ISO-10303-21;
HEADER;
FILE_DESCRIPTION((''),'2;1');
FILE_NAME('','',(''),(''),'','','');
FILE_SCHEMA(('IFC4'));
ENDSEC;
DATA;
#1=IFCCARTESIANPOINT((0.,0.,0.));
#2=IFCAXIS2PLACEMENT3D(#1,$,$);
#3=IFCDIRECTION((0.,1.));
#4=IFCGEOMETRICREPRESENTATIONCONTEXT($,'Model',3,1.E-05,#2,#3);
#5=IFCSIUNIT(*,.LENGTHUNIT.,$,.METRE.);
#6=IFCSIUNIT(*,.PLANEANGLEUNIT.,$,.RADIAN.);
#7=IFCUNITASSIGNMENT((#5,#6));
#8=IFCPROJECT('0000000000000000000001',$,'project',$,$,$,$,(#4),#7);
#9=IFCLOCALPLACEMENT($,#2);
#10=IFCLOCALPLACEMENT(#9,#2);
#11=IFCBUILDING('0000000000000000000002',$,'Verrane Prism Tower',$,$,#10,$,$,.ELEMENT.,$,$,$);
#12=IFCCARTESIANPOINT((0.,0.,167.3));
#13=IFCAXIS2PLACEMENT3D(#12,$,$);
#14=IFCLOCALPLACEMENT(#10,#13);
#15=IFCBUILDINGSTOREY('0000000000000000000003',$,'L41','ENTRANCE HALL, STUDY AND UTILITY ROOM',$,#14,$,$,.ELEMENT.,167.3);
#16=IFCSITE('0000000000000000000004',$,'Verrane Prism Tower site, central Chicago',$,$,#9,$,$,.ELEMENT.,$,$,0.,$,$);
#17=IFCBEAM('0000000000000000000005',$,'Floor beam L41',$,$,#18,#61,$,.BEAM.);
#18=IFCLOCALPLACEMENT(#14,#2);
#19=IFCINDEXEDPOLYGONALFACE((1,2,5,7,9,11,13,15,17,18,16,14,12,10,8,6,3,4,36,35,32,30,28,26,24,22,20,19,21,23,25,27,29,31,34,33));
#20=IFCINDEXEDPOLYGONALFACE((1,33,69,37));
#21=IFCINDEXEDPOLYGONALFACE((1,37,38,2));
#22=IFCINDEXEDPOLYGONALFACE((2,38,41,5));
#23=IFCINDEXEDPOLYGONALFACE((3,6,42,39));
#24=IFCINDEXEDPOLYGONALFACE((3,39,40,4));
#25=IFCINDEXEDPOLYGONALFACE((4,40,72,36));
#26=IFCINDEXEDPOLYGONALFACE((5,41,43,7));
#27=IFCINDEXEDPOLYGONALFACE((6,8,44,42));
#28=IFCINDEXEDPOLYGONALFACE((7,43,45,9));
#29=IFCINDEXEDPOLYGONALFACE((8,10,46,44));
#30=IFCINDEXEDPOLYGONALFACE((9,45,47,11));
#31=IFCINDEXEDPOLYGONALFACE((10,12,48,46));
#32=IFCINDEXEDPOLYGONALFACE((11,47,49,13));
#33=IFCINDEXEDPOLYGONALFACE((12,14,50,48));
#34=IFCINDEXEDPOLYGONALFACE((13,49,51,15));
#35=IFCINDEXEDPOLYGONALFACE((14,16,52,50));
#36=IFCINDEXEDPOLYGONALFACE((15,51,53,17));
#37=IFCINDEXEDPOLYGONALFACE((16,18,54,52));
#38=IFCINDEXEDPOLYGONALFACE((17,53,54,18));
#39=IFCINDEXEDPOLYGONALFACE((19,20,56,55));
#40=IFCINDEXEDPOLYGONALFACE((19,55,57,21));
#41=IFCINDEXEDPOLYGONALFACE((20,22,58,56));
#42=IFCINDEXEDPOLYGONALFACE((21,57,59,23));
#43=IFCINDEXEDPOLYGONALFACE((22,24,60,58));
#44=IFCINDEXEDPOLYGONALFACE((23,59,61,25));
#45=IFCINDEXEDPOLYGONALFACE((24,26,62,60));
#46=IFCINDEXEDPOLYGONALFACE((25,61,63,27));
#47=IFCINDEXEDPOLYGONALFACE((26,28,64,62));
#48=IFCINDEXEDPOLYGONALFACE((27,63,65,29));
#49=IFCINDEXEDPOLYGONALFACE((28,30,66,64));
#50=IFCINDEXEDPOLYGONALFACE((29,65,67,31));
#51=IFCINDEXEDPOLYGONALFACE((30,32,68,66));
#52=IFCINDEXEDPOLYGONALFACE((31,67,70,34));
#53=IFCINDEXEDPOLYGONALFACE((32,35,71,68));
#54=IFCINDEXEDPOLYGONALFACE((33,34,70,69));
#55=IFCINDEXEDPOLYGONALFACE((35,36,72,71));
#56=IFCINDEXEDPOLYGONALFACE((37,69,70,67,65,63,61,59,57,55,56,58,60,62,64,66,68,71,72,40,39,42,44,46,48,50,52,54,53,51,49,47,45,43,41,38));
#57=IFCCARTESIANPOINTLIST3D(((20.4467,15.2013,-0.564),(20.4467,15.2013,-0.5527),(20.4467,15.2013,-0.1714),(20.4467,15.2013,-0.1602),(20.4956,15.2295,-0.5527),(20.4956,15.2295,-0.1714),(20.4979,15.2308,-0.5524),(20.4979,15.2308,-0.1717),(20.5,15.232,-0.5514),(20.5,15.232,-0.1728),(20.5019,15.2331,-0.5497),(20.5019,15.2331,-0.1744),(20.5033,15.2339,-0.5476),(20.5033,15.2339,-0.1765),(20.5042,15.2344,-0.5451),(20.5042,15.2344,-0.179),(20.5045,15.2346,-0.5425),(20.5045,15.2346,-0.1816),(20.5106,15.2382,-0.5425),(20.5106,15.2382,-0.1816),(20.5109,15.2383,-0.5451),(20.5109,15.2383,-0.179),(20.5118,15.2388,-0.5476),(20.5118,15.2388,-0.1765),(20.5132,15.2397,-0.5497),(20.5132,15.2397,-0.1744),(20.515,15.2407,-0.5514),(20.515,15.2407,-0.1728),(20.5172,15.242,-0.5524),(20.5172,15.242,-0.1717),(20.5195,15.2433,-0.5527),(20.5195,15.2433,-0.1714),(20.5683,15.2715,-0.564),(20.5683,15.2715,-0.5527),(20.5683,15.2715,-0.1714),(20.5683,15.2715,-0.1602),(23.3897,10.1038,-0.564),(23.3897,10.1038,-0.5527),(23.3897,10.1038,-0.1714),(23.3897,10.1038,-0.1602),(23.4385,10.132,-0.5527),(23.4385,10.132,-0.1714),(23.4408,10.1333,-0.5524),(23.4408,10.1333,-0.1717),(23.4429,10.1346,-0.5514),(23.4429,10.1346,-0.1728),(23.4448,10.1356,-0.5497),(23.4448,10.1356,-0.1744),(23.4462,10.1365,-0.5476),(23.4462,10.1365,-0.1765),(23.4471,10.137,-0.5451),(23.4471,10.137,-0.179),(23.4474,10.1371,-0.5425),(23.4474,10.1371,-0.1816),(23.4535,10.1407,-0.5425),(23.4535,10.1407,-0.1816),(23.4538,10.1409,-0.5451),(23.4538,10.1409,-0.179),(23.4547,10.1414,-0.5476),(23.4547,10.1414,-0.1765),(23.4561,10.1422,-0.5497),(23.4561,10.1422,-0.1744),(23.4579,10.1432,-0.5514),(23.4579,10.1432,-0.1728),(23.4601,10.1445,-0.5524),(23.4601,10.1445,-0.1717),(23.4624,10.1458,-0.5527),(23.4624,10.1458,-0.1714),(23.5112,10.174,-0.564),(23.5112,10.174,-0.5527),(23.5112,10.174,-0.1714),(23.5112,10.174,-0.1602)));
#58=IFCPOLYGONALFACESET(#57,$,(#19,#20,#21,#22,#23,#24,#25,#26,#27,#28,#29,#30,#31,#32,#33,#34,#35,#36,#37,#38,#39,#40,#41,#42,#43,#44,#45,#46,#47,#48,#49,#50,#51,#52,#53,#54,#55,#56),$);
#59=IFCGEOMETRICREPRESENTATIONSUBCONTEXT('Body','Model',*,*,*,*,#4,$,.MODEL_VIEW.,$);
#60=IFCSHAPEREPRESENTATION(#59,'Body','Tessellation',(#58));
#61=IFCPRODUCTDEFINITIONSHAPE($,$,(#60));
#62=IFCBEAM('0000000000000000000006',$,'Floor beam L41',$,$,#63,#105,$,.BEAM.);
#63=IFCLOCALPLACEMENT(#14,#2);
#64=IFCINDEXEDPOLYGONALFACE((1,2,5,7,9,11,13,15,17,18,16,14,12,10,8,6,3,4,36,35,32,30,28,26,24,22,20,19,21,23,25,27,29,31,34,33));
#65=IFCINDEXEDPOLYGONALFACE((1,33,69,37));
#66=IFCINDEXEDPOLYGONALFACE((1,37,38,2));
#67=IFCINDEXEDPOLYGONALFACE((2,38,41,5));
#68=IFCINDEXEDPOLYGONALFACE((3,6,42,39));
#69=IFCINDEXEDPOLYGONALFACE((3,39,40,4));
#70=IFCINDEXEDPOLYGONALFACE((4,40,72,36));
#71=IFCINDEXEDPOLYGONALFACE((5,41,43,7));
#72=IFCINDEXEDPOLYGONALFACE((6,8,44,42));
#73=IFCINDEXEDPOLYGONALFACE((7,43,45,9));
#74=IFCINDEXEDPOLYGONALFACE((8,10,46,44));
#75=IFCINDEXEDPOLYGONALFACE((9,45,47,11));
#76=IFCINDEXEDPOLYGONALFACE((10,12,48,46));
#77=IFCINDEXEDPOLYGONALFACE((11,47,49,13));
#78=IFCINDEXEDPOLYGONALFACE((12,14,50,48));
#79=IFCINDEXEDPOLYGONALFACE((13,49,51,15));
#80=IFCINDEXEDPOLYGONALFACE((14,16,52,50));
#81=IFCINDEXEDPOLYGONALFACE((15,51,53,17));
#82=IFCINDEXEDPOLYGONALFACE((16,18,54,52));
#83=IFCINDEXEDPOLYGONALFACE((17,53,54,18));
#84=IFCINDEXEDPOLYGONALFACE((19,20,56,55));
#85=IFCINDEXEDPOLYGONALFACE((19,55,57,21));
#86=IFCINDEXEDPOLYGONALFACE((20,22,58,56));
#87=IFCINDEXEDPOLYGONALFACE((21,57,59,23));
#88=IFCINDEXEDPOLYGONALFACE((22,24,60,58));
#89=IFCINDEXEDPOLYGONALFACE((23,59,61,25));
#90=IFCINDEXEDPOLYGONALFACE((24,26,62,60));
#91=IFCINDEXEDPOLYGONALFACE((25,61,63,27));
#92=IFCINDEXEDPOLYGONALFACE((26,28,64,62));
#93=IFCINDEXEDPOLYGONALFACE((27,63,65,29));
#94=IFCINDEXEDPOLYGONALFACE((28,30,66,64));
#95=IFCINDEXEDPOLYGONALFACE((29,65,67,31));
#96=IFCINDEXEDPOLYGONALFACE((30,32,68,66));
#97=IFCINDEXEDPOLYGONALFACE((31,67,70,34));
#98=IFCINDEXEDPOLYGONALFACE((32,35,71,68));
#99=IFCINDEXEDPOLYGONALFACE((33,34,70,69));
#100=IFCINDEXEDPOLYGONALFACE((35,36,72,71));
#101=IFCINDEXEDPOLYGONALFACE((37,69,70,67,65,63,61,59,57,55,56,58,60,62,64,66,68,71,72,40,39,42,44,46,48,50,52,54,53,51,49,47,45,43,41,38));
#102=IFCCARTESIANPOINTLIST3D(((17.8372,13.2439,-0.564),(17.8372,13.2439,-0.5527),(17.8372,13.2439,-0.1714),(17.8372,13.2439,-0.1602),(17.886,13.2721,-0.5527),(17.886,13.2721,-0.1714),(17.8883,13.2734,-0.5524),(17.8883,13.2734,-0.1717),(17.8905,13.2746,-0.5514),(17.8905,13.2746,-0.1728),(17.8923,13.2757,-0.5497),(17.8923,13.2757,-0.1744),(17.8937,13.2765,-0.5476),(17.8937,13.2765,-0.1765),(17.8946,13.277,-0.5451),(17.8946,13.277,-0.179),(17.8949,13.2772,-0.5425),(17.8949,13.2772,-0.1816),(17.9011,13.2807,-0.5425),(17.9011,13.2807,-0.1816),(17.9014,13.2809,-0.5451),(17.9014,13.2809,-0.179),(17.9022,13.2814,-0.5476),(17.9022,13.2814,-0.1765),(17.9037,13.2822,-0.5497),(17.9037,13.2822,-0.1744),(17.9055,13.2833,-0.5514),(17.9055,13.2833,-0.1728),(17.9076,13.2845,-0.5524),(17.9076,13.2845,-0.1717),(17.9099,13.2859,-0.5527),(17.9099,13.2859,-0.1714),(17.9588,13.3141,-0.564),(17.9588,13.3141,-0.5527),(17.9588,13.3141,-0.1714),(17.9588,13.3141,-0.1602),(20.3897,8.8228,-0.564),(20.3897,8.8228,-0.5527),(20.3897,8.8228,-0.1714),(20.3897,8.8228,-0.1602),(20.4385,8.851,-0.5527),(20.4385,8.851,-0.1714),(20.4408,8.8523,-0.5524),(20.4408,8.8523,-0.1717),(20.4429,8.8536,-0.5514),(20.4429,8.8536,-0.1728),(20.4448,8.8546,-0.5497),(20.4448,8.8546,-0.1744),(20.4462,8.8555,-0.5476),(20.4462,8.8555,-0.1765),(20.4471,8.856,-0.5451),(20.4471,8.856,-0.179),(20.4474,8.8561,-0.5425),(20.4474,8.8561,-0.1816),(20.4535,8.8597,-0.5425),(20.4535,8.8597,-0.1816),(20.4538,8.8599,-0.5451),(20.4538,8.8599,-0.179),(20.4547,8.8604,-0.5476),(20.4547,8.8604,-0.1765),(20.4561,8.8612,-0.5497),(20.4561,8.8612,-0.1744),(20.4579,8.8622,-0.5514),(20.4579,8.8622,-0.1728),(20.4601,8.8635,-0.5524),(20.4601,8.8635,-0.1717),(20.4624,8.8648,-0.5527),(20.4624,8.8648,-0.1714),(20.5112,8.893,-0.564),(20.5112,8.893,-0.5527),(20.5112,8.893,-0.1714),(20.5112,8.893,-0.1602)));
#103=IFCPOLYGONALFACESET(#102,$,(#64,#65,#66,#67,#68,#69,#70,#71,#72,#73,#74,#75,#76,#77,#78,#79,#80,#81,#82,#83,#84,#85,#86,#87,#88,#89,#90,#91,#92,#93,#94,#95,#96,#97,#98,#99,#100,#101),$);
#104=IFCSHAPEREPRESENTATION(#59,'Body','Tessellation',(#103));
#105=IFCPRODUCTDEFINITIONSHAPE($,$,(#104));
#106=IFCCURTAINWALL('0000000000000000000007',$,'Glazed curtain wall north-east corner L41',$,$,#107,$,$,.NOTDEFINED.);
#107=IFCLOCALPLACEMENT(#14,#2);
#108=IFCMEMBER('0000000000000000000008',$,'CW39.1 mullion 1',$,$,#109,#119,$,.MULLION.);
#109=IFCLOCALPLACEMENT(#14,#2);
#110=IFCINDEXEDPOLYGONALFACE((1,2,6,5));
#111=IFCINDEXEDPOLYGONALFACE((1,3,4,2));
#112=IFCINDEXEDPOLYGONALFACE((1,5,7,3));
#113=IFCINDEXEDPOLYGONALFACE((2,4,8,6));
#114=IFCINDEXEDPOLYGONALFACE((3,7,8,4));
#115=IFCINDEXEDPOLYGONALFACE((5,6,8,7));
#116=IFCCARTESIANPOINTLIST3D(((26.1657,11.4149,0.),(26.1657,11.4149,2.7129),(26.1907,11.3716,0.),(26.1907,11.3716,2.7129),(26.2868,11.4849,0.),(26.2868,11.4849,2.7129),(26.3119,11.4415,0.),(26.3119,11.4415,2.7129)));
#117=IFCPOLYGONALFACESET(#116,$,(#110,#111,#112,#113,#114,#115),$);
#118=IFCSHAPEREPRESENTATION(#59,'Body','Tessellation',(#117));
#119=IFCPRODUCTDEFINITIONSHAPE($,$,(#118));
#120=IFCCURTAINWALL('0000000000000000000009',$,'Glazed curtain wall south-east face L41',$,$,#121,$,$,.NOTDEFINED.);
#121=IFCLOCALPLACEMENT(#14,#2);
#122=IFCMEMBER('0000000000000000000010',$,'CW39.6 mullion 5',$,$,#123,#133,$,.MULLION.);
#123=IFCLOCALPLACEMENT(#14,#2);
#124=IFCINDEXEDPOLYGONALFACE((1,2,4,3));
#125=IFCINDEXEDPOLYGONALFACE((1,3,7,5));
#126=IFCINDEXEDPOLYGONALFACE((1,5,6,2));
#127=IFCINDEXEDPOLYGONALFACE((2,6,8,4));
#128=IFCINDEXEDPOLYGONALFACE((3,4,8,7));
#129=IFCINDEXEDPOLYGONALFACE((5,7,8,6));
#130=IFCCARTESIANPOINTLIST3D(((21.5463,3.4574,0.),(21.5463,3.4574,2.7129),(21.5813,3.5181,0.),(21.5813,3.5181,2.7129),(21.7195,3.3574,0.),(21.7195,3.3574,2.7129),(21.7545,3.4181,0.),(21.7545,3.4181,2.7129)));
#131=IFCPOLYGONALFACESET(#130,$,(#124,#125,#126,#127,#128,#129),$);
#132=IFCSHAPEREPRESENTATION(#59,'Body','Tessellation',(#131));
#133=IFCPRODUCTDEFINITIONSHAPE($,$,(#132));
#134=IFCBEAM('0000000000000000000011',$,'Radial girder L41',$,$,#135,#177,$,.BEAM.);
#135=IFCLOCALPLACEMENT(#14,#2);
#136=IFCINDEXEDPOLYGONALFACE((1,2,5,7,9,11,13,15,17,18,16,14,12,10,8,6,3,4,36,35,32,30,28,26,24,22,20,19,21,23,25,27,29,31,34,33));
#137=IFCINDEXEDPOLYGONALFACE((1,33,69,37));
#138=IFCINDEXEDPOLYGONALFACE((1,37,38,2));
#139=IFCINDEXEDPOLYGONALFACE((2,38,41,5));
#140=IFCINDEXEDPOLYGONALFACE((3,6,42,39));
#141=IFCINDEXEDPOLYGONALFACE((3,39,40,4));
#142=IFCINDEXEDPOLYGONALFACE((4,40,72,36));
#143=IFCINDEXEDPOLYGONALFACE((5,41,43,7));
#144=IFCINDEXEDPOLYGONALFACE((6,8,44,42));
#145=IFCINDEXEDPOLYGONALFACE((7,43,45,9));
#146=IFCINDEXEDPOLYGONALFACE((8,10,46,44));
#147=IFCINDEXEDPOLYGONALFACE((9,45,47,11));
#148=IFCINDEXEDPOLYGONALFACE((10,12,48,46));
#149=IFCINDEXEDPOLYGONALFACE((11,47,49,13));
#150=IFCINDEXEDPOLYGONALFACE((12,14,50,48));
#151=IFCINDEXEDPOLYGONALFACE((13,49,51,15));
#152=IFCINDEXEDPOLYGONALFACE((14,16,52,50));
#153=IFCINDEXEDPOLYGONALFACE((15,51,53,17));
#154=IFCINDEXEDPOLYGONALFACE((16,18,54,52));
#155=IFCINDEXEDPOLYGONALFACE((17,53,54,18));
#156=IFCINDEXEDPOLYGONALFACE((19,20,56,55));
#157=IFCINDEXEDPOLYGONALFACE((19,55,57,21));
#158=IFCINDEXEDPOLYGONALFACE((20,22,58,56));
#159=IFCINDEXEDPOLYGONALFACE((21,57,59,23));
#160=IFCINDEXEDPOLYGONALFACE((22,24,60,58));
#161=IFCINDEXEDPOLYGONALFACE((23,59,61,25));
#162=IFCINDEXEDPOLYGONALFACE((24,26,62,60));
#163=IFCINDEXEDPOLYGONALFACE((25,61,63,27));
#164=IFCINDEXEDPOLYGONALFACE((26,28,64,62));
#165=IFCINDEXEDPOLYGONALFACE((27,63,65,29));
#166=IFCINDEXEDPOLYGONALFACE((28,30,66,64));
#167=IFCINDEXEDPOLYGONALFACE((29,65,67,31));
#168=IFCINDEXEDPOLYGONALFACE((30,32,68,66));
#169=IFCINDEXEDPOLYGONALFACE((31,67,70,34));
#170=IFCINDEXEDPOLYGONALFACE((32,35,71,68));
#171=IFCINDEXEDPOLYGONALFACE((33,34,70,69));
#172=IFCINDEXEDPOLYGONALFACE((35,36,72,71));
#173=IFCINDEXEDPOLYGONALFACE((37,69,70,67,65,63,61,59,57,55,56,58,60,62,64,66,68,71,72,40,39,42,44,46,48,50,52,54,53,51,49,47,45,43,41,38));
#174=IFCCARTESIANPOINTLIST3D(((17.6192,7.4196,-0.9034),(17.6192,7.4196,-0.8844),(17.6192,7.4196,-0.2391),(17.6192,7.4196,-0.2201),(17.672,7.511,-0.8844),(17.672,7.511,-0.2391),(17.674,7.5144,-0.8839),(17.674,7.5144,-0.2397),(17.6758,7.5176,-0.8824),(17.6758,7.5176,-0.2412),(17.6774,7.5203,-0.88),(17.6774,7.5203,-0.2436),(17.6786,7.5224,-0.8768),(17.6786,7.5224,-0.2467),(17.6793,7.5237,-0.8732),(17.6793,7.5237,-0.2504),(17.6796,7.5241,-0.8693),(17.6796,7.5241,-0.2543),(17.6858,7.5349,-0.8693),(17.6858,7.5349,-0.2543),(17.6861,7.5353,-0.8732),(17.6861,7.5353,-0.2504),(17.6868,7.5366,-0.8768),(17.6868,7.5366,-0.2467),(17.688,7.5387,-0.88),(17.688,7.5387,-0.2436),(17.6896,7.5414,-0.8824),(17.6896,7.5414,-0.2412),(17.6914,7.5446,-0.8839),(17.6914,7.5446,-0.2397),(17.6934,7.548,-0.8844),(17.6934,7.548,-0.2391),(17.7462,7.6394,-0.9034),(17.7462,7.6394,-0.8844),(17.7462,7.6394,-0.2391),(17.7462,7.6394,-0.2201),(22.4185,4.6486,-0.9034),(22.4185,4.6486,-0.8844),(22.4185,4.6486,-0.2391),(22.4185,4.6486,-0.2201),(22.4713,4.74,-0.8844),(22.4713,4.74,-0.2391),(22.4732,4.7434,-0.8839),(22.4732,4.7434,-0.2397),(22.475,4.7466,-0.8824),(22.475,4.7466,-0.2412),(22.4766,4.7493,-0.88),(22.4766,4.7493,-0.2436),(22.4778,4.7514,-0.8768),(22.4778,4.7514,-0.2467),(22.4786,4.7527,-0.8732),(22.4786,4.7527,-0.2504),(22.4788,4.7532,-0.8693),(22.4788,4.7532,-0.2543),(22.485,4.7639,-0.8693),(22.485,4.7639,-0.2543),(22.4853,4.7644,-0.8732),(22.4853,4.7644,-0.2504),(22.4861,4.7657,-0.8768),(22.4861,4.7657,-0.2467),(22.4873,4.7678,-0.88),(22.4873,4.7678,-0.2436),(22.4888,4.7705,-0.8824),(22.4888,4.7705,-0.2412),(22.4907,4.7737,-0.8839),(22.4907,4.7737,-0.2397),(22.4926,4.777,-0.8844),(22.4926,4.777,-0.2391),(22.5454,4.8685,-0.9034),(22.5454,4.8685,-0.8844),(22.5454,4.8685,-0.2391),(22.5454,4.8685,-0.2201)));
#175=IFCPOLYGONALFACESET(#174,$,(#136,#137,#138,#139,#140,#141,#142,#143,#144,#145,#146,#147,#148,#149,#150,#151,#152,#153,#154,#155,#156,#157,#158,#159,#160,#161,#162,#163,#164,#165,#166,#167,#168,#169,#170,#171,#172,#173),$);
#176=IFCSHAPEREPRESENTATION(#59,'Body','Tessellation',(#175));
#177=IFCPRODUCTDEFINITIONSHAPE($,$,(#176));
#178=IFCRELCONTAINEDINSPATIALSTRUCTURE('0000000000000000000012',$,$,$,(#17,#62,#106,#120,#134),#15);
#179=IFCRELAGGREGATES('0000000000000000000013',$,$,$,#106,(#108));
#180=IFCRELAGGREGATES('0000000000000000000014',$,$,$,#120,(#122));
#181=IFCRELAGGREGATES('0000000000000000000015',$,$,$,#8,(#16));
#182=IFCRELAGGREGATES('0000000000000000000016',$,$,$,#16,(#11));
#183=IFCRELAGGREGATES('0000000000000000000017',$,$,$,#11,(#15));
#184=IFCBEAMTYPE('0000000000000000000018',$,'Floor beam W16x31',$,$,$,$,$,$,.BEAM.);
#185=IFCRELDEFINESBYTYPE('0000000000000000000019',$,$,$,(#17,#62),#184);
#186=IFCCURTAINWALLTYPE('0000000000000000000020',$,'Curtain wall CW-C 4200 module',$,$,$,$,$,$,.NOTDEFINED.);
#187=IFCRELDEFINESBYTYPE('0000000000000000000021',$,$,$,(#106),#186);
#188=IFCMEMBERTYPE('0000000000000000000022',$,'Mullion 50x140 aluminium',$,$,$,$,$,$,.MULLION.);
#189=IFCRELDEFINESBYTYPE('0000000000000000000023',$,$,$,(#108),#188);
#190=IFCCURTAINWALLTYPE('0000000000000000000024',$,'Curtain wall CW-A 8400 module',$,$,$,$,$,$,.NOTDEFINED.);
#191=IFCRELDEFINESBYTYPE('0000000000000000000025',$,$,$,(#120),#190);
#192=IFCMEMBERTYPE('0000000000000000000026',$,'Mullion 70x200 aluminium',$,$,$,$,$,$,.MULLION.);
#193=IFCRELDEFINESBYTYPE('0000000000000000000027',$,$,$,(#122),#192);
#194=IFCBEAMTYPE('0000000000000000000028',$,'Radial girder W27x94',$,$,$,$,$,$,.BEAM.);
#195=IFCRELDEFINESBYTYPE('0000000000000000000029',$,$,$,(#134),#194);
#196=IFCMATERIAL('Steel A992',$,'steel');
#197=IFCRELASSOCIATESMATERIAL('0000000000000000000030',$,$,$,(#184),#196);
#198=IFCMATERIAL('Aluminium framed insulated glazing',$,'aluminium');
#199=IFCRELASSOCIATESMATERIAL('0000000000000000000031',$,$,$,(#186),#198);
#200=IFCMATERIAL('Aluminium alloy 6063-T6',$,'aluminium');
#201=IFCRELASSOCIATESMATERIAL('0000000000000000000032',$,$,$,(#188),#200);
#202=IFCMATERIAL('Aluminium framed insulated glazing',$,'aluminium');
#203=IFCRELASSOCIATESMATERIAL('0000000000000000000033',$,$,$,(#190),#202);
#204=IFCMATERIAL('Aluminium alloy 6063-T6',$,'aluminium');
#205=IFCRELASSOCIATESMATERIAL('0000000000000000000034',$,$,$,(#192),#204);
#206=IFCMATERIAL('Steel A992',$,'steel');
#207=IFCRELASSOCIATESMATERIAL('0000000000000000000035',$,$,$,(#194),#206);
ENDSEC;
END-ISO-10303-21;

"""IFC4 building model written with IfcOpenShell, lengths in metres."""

from ifc_helpers import new_model, si_unit, direction, frame, origin, origin_2d, place, context, subcontext, project, spatial, rectangle, i_section, extrude, material, material_profile, profile_set, type_object, element, aggregate, save


model = new_model("IFC4")

# Units and contexts
model_context = context("Model", 3, precision=1e-05, world=origin(), true_north=direction((0.0, 1.0)))
body_context = subcontext(model_context, "Body", "Model", "MODEL_VIEW")
ifc_project = project(units=[si_unit("LENGTHUNIT", "METRE"), si_unit("PLANEANGLEUNIT", "RADIAN")], contexts=[model_context])

# Site, building, storey
site_placement = place(None, origin())
site = spatial("IfcSite", under=ifc_project, at=site_placement, Name="Verrane Prism Tower site, central Chicago", CompositionType="ELEMENT", RefElevation=0.0)
building_placement = place(site_placement, origin())
building = spatial("IfcBuilding", under=site, at=building_placement, Name="Verrane Prism Tower", CompositionType="ELEMENT")
storey_placement = place(building_placement, frame((0.0, 0.0, 167.3)))
storey = spatial("IfcBuildingStorey", under=building, at=storey_placement, Name="L41", Description="ENTRANCE HALL, STUDY AND UTILITY ROOM", CompositionType="ELEMENT", Elevation=167.3)

# Beams
ifc_material_1 = material(Name="Steel A992", Category="steel")
ifc_material_profile_1 = material_profile(ifc_material_1, i_section(OverallWidth=0.1404, OverallDepth=0.4038, WebThickness=0.0071, FlangeThickness=0.0112, FilletRadius=0.0103, at=origin_2d()), Name="W16x31")
ifc_profile_set_1 = profile_set([ifc_material_profile_1], Name="Steel A992")
beam_type_1 = type_object("IfcBeamType", Name="Floor beam W16x31", PredefinedType="BEAM", material=ifc_profile_set_1)
beam_1_placement = place(storey_placement, frame((23.4504, 10.1389, -0.3621), z_axis=(-0.499985, 0.866034, 0.0), x_axis=(-0.866034, -0.499985, 0.0)))
element("IfcBeam", 1, at=beam_1_placement, inside=storey, type_object=beam_type_1, Name="Floor beam L41", PredefinedType="BEAM", context=body_context, shape_type="SweptSolid", body=[
    extrude(i_section(OverallWidth=0.1404, OverallDepth=0.4038, WebThickness=0.0071, FlangeThickness=0.0112, FilletRadius=0.0103, at=origin_2d()), origin(), (0.0, 0.0, 1.0), 5.886),
])
beam_2_placement = place(storey_placement, frame((20.4504, 8.8579, -0.3621), z_axis=(-0.499992, 0.86603, 0.0), x_axis=(-0.86603, -0.499992, 0.0)))
element("IfcBeam", 2, at=beam_2_placement, inside=storey, type_object=beam_type_1, Name="Floor beam L41", PredefinedType="BEAM", context=body_context, shape_type="SweptSolid", body=[
    extrude(i_section(OverallWidth=0.1404, OverallDepth=0.4038, WebThickness=0.0071, FlangeThickness=0.0112, FilletRadius=0.0103, at=origin_2d()), origin(), (0.0, 0.0, 1.0), 5.105),
])

# Curtain walls, members
ifc_material_2 = material(Name="Aluminium framed insulated glazing", Category="aluminium")
curtain_wall_type_1 = type_object("IfcCurtainWallType", Name="Curtain wall CW-C 4200 module", PredefinedType="NOTDEFINED", material=ifc_material_2)
curtain_wall_1_placement = place(storey_placement, origin())
curtain_wall_1 = element("IfcCurtainWall", 3, at=curtain_wall_1_placement, inside=storey, type_object=curtain_wall_type_1, Name="Glazed curtain wall north-east corner L41", PredefinedType="NOTDEFINED")
ifc_material_3 = material(Name="Aluminium alloy 6063-T6", Category="aluminium")
ifc_material_profile_2 = material_profile(ifc_material_3, rectangle(XDim=0.1399, YDim=0.05, at=origin_2d()), Name="Mullion 50x140 aluminium")
ifc_profile_set_2 = profile_set([ifc_material_profile_2], Name="Aluminium alloy 6063-T6")
member_type_1 = type_object("IfcMemberType", Name="Mullion 50x140 aluminium", PredefinedType="MULLION", material=ifc_profile_set_2)
member_1_placement = place(storey_placement, frame((26.2388, 11.4282, 0.0), z_axis=(0.0, 0.0, 1.0), x_axis=(-0.866022, -0.500006, 0.0)))
member_1 = element("IfcMember", 4, at=member_1_placement, type_object=member_type_1, Name="CW39.1 mullion 1", PredefinedType="MULLION", context=body_context, shape_type="SweptSolid", body=[
    extrude(rectangle(XDim=0.1399, YDim=0.05, at=origin_2d()), origin(), (0.0, 0.0, 1.0), 2.7129),
])
aggregate(curtain_wall_1, [member_1])
ifc_material_4 = material(Name="Aluminium framed insulated glazing", Category="aluminium")
curtain_wall_type_2 = type_object("IfcCurtainWallType", Name="Curtain wall CW-A 8400 module", PredefinedType="NOTDEFINED", material=ifc_material_4)
curtain_wall_2_placement = place(storey_placement, origin())
curtain_wall_2 = element("IfcCurtainWall", 5, at=curtain_wall_2_placement, inside=storey, type_object=curtain_wall_type_2, Name="Glazed curtain wall south-east face L41", PredefinedType="NOTDEFINED")
ifc_material_5 = material(Name="Aluminium alloy 6063-T6", Category="aluminium")
ifc_material_profile_3 = material_profile(ifc_material_5, rectangle(XDim=0.2, YDim=0.0701, at=origin_2d()), Name="Mullion 70x200 aluminium")
ifc_profile_set_3 = profile_set([ifc_material_profile_3], Name="Aluminium alloy 6063-T6")
member_type_2 = type_object("IfcMemberType", Name="Mullion 70x200 aluminium", PredefinedType="MULLION", material=ifc_profile_set_3)
member_2_placement = place(storey_placement, frame((21.6504, 3.4377, 0.0), z_axis=(0.0, 0.0, 1.0), x_axis=(-0.866026, 0.499999, 0.0)))
member_2 = element("IfcMember", 6, at=member_2_placement, type_object=member_type_2, Name="CW39.6 mullion 5", PredefinedType="MULLION", context=body_context, shape_type="SweptSolid", body=[
    extrude(rectangle(XDim=0.2, YDim=0.0701, at=origin_2d()), origin(), (0.0, 0.0, 1.0), 2.7129),
])

# Beam
ifc_material_6 = material(Name="Steel A992", Category="steel")
ifc_material_profile_4 = material_profile(ifc_material_6, i_section(OverallWidth=0.2539, OverallDepth=0.6833, WebThickness=0.0125, FlangeThickness=0.019, FilletRadius=0.0151, at=origin_2d()), Name="W27x94")
ifc_profile_set_4 = profile_set([ifc_material_profile_4], Name="Steel A992")
beam_type_2 = type_object("IfcBeamType", Name="Radial girder W27x94", PredefinedType="BEAM", material=ifc_profile_set_4)
beam_3_placement = place(storey_placement, frame((22.4819, 4.7585, -0.5618), z_axis=(-0.866017, 0.500015, 0.0), x_axis=(-0.500015, -0.866017, 0.0)))
element("IfcBeam", 7, at=beam_3_placement, inside=storey, type_object=beam_type_2, Name="Radial girder L41", PredefinedType="BEAM", context=body_context, shape_type="SweptSolid", body=[
    extrude(i_section(OverallWidth=0.2539, OverallDepth=0.6833, WebThickness=0.0125, FlangeThickness=0.019, FilletRadius=0.0151, at=origin_2d()), origin(), (0.0, 0.0, 1.0), 5.5417),
])

aggregate(curtain_wall_2, [member_2])

save(model, "model.ifc")
